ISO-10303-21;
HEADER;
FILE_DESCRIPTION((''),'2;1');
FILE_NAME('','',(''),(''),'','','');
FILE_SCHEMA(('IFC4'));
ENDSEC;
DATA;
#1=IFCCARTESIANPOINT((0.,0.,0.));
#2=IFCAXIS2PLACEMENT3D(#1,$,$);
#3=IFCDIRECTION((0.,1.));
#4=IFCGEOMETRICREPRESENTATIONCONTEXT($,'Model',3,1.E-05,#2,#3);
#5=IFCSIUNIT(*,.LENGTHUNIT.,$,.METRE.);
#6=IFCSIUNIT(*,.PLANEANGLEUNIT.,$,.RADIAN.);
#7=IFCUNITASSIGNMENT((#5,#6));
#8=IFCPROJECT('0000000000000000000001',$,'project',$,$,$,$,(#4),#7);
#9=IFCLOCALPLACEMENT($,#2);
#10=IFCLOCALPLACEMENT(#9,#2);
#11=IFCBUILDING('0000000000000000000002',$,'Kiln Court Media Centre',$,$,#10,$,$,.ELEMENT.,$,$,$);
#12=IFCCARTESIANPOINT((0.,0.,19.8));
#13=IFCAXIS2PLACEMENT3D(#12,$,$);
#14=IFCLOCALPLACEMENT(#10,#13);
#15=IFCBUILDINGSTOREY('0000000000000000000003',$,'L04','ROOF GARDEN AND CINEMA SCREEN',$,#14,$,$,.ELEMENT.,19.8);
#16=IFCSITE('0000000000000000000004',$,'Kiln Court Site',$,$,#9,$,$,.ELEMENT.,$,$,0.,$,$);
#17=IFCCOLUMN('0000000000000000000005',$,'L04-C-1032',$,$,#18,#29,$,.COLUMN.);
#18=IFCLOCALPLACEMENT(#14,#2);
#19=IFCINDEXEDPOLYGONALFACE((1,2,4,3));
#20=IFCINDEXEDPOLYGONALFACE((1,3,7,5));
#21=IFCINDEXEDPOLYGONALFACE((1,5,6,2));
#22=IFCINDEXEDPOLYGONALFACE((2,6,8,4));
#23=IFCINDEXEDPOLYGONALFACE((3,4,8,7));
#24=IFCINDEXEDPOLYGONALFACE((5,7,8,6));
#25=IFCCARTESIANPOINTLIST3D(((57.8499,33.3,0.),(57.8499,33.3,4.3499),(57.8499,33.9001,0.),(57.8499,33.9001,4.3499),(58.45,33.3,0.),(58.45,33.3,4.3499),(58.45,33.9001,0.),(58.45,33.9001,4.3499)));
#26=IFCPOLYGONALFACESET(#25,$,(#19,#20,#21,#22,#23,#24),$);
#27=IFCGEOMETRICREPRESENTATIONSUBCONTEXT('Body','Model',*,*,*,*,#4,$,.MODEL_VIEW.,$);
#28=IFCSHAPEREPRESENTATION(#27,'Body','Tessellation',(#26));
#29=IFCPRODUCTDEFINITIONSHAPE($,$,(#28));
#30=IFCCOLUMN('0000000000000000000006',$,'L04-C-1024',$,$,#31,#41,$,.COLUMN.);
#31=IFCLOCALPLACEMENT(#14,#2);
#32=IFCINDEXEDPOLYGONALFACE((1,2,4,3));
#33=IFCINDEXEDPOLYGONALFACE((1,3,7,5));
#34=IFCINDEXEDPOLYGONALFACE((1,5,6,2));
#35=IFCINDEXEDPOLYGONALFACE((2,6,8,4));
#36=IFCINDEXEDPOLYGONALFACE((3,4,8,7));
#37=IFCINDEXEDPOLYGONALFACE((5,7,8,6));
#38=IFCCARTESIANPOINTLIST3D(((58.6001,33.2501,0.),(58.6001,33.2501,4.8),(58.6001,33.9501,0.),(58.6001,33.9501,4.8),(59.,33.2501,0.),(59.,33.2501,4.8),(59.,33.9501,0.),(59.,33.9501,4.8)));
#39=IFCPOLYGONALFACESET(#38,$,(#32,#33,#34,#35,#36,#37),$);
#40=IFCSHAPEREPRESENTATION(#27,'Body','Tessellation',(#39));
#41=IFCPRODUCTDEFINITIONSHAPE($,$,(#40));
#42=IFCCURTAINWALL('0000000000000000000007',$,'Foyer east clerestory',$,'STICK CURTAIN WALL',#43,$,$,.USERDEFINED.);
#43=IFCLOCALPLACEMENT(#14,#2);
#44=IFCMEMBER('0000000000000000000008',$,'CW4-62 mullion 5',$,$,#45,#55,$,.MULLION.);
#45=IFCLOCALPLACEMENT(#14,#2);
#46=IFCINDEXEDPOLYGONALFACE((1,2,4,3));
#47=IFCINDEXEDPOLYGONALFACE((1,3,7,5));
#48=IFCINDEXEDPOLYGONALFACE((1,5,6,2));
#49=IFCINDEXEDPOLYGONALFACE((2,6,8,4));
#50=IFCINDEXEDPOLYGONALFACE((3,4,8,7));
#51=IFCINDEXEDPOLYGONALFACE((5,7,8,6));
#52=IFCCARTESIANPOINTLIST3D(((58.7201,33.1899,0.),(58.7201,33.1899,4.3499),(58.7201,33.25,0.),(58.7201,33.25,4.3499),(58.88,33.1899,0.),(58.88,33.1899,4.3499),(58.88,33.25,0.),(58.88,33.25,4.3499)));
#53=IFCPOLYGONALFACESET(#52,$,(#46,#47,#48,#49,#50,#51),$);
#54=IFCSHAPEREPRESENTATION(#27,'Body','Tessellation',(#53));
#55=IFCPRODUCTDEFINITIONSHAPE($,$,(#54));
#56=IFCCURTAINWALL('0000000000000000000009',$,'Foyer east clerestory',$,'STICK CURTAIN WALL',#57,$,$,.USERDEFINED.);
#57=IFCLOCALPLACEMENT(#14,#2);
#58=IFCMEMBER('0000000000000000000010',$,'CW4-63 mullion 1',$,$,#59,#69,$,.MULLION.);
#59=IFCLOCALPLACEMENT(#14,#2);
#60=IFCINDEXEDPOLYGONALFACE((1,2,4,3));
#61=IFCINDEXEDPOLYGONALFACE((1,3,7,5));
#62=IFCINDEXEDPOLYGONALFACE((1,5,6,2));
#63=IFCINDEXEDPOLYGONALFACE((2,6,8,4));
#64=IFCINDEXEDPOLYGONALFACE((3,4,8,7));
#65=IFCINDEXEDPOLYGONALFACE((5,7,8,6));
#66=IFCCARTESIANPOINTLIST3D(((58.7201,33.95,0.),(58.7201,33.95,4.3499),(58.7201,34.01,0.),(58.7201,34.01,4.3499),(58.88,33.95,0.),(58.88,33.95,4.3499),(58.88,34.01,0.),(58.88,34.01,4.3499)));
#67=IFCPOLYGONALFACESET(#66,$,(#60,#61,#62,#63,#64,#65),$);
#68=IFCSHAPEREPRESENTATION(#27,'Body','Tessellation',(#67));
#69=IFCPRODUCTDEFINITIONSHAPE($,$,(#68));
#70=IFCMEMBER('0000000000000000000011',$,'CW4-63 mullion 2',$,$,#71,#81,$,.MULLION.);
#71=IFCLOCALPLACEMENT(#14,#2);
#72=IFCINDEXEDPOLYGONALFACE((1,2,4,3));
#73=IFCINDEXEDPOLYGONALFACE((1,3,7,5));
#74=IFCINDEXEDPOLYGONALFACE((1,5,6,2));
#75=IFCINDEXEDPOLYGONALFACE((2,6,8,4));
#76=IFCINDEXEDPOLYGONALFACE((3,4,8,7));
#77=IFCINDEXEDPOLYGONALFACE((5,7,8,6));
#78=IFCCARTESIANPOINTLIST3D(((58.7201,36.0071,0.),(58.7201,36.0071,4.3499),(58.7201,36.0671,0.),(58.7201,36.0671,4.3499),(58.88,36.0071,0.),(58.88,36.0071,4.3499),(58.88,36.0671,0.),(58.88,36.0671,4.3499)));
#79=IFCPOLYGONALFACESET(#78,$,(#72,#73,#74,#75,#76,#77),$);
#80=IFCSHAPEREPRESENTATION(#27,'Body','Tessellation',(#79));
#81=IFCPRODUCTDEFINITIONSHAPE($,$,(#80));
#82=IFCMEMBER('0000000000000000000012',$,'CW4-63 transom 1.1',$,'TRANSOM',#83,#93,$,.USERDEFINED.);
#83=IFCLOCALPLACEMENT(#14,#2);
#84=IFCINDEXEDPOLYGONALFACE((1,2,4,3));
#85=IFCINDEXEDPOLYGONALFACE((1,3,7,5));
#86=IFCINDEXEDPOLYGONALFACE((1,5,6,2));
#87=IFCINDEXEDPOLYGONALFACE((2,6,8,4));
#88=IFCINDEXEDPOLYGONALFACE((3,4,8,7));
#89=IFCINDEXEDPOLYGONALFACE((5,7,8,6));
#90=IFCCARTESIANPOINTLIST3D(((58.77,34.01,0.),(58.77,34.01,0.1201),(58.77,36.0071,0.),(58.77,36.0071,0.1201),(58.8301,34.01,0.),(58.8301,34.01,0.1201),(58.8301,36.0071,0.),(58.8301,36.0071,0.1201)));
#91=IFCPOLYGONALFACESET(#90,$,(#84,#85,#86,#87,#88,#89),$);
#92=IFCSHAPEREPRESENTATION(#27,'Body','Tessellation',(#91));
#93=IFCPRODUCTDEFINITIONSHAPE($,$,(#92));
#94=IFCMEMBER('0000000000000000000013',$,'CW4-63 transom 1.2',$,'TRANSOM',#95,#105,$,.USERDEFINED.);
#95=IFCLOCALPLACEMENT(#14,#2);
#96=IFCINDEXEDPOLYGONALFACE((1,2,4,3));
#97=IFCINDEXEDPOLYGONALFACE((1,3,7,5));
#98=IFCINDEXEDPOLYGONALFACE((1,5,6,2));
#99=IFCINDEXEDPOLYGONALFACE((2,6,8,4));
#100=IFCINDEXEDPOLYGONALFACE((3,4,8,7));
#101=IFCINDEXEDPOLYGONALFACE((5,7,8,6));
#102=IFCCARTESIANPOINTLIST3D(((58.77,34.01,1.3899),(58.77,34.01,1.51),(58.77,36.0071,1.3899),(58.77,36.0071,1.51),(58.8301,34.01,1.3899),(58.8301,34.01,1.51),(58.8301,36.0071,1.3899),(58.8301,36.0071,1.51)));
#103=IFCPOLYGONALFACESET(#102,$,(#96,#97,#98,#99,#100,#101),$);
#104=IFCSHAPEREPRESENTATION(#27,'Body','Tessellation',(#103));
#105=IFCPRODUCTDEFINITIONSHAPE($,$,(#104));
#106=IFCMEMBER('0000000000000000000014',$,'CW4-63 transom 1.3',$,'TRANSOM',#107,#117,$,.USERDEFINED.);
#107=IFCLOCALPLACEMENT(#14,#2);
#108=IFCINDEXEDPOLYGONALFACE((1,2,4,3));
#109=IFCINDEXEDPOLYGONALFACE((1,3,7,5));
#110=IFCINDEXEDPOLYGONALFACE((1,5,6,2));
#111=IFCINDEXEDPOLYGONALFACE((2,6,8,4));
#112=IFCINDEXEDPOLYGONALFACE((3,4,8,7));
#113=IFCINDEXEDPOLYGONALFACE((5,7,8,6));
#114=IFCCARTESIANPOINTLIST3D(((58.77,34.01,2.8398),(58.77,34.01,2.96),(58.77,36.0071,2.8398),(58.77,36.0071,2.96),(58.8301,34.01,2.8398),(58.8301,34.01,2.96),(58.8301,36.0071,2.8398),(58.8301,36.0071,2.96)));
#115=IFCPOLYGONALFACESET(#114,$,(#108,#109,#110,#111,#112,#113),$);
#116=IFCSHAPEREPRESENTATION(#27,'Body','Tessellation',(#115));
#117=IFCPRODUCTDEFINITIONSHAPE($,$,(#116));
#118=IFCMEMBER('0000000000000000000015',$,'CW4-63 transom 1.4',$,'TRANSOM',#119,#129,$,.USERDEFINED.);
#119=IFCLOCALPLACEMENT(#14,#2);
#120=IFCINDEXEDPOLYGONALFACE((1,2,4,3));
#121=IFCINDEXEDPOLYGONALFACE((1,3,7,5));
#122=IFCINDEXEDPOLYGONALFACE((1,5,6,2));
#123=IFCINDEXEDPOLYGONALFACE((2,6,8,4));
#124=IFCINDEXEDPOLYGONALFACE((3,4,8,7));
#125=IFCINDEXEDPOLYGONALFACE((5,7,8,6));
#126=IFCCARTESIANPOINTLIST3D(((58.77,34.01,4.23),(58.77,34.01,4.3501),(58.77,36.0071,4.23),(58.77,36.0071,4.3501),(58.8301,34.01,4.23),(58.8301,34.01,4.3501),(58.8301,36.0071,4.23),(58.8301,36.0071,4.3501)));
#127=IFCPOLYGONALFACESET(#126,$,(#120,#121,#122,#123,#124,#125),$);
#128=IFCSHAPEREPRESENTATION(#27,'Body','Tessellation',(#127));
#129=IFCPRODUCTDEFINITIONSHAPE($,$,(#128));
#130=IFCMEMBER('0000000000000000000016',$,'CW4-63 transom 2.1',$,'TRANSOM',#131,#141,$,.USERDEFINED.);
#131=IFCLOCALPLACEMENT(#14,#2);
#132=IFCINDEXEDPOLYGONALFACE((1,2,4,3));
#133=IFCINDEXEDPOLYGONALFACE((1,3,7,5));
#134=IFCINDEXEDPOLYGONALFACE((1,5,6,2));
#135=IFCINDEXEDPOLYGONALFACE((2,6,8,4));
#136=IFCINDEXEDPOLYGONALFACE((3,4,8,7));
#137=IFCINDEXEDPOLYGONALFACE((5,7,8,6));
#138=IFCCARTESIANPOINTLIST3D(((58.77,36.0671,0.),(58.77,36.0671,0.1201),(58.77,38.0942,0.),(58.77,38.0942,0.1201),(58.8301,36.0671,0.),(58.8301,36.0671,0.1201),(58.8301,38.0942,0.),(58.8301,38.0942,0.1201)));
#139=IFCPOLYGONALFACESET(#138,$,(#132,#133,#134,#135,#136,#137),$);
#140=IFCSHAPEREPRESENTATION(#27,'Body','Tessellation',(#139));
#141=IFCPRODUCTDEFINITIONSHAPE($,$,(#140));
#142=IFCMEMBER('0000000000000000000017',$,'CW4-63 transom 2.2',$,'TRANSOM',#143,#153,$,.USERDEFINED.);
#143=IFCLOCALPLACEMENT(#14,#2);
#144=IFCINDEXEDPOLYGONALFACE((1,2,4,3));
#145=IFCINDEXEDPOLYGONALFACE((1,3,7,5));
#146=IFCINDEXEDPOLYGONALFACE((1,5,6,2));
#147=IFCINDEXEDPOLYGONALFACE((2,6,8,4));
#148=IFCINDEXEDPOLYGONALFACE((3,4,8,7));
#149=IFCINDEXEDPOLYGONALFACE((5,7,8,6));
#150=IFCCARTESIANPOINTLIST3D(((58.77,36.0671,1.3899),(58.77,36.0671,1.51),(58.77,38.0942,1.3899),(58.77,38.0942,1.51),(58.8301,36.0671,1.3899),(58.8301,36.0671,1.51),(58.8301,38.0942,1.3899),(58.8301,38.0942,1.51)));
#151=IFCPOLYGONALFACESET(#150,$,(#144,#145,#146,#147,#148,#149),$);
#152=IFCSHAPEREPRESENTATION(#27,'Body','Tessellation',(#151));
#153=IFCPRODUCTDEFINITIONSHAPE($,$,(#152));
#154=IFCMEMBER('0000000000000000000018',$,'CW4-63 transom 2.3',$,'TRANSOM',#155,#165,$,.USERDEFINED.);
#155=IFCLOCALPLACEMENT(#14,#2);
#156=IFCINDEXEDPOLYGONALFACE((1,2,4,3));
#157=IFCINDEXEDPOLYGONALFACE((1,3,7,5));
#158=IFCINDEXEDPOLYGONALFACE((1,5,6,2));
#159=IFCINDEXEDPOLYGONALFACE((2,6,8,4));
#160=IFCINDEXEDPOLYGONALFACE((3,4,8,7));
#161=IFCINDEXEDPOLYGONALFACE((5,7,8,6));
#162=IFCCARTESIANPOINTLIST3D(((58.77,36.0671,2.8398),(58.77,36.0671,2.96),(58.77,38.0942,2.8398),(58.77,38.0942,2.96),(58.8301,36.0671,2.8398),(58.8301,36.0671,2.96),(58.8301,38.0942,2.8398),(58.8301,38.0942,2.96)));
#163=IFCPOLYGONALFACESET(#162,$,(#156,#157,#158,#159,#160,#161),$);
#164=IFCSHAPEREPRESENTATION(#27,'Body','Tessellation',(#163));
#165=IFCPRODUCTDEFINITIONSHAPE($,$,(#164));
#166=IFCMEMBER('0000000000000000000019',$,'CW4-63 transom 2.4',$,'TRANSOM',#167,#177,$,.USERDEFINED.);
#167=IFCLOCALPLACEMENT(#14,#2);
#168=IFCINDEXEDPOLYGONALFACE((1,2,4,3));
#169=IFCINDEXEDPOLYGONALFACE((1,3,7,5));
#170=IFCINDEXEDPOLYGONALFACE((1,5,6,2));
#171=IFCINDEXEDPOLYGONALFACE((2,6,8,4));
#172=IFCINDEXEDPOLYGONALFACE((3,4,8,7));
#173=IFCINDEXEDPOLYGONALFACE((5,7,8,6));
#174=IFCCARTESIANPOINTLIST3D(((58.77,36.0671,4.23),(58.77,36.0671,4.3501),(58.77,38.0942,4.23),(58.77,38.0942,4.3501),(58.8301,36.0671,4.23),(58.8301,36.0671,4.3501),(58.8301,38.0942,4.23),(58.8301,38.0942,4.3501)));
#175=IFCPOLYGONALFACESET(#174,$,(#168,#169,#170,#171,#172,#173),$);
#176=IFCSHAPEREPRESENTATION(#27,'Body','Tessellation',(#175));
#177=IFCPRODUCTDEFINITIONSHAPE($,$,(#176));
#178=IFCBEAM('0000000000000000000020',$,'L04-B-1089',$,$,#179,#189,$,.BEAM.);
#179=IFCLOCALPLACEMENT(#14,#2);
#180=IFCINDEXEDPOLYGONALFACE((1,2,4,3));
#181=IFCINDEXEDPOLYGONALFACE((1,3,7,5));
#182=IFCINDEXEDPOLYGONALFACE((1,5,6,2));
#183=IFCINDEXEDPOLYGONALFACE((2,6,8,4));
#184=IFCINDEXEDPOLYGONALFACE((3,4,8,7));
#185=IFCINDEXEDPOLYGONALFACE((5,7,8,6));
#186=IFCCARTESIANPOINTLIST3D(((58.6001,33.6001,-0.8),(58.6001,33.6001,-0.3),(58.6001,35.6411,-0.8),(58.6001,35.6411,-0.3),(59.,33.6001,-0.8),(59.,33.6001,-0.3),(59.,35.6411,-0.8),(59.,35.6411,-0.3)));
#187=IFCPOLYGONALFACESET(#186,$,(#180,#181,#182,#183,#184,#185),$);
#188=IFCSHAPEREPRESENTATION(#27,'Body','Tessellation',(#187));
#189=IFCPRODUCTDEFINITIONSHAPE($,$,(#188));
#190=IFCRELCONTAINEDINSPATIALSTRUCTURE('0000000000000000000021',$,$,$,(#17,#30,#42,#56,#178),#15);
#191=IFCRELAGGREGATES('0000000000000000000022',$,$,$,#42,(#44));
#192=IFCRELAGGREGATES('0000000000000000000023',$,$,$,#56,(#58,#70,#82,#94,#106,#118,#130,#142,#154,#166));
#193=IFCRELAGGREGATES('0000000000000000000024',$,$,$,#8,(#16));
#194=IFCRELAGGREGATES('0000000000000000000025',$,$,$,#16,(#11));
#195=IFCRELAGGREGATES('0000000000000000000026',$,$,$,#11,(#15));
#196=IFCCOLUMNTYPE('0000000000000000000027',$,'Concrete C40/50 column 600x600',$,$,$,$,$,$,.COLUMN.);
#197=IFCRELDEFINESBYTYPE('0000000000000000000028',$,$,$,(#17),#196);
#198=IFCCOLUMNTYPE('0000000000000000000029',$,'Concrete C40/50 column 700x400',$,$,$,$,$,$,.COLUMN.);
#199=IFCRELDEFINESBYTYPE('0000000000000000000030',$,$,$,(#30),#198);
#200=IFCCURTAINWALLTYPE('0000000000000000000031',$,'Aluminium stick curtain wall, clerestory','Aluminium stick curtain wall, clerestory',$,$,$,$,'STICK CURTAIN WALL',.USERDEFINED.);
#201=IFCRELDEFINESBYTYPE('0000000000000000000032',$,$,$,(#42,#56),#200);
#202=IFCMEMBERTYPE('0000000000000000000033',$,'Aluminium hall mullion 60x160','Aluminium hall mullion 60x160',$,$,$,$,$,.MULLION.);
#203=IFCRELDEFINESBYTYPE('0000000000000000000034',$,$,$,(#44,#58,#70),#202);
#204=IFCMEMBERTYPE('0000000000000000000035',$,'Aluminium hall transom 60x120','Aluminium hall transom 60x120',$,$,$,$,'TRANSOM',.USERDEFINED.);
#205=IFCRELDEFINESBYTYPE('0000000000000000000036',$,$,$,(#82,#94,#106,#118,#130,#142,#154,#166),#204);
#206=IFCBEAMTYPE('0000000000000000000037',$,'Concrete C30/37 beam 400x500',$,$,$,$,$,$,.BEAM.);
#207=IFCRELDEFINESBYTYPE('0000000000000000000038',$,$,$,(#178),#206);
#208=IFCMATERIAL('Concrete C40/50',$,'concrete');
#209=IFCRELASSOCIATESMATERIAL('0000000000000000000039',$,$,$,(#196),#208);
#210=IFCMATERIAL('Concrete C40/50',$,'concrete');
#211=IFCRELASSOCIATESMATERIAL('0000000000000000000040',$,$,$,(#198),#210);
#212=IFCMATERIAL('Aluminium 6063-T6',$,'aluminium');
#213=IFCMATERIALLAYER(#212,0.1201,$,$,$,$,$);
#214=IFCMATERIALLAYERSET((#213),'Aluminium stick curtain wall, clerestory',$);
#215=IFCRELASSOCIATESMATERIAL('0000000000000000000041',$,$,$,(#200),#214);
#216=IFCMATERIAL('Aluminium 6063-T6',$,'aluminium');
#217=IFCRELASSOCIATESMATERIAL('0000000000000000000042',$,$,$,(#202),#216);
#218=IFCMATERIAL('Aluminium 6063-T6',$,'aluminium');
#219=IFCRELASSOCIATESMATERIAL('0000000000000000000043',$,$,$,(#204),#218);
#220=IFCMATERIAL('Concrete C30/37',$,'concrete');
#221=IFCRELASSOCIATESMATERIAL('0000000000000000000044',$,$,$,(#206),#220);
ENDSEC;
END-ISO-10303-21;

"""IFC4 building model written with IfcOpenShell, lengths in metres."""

from ifc_helpers import new_model, si_unit, direction, frame, origin, origin_2d, place, context, subcontext, project, spatial, rectangle, extrude, material, layer, layer_set, material_profile, profile_set, type_object, element, aggregate, save


model = new_model("IFC4")

# Units and contexts
model_context = context("Model", 3, precision=1e-05, world=origin(), true_north=direction((0.0, 1.0)))
body_context = subcontext(model_context, "Body", "Model", "MODEL_VIEW")
ifc_project = project(units=[si_unit("LENGTHUNIT", "METRE"), si_unit("PLANEANGLEUNIT", "RADIAN")], contexts=[model_context])

# Site, building, storey
site_placement = place(None, origin())
site = spatial("IfcSite", under=ifc_project, at=site_placement, Name="Kiln Court Site", CompositionType="ELEMENT", RefElevation=0.0)
building_placement = place(site_placement, origin())
building = spatial("IfcBuilding", under=site, at=building_placement, Name="Kiln Court Media Centre", CompositionType="ELEMENT")
storey_placement = place(building_placement, frame((0.0, 0.0, 19.8)))
storey = spatial("IfcBuildingStorey", under=building, at=storey_placement, Name="L04", Description="ROOF GARDEN AND CINEMA SCREEN", CompositionType="ELEMENT", Elevation=19.8)

# Columns
ifc_material_1 = material(Name="Concrete C40/50", Category="concrete")
ifc_material_profile_1 = material_profile(ifc_material_1, rectangle(XDim=0.6001, YDim=0.6001, at=origin_2d()), Name="RC 600x600")
ifc_profile_set_1 = profile_set([ifc_material_profile_1], Name="Concrete C40/50")
column_type_1 = type_object("IfcColumnType", Name="Concrete C40/50 column 600x600", PredefinedType="COLUMN", material=ifc_profile_set_1)
column_1_placement = place(storey_placement, frame((58.1499, 33.6001, 0.0), z_axis=(0.0, 0.0, 1.0), x_axis=(1.0, 0.0, 0.0)))
element("IfcColumn", 1, at=column_1_placement, inside=storey, type_object=column_type_1, Name="L04-C-1032", PredefinedType="COLUMN", context=body_context, shape_type="SweptSolid", body=[
    extrude(rectangle(XDim=0.6001, YDim=0.6001, at=origin_2d()), origin(), (0.0, 0.0, 1.0), 4.3499),
])
ifc_material_2 = material(Name="Concrete C40/50", Category="concrete")
ifc_material_profile_2 = material_profile(ifc_material_2, rectangle(XDim=0.7, YDim=0.3999, at=origin_2d()), Name="RC 700x400")
ifc_profile_set_2 = profile_set([ifc_material_profile_2], Name="Concrete C40/50")
column_type_2 = type_object("IfcColumnType", Name="Concrete C40/50 column 700x400", PredefinedType="COLUMN", material=ifc_profile_set_2)
column_2_placement = place(storey_placement, frame((58.8, 33.6001, 0.0), z_axis=(0.0, 0.0, 1.0), x_axis=(0.0, 1.0, 0.0)))
element("IfcColumn", 2, at=column_2_placement, inside=storey, type_object=column_type_2, Name="L04-C-1024", PredefinedType="COLUMN", context=body_context, shape_type="SweptSolid", body=[
    extrude(rectangle(XDim=0.7, YDim=0.3999, at=origin_2d()), origin(), (0.0, 0.0, 1.0), 4.8),
])

# Curtain wall, member
ifc_material_3 = material(Name="Aluminium 6063-T6", Category="aluminium")
ifc_layer_1 = layer(ifc_material_3, 0.1201)
ifc_layer_set_1 = layer_set([ifc_layer_1], Name="Aluminium stick curtain wall, clerestory")
curtain_wall_type = type_object("IfcCurtainWallType", Name="Aluminium stick curtain wall, clerestory", Description="Aluminium stick curtain wall, clerestory", ElementType="STICK CURTAIN WALL", PredefinedType="USERDEFINED", material=ifc_layer_set_1)
curtain_wall_1_placement = place(storey_placement, origin())
curtain_wall_1 = element("IfcCurtainWall", 3, at=curtain_wall_1_placement, inside=storey, type_object=curtain_wall_type, Name="Foyer east clerestory", ObjectType="STICK CURTAIN WALL", PredefinedType="USERDEFINED")
ifc_material_4 = material(Name="Aluminium 6063-T6", Category="aluminium")
ifc_material_profile_3 = material_profile(ifc_material_4, rectangle(XDim=0.0601, YDim=0.1599, at=origin_2d()), Name="Aluminium hall mullion 60x160")
ifc_profile_set_3 = profile_set([ifc_material_profile_3], Name="Aluminium 6063-T6")
member_type_1 = type_object("IfcMemberType", Name="Aluminium hall mullion 60x160", Description="Aluminium hall mullion 60x160", PredefinedType="MULLION", material=ifc_profile_set_3)
member_1_placement = place(storey_placement, frame((58.8, 33.22, 0.0), z_axis=(0.0, 0.0, 1.0), x_axis=(0.0, 1.0, 0.0)))
member_1 = element("IfcMember", 4, at=member_1_placement, type_object=member_type_1, Name="CW4-62 mullion 5", PredefinedType="MULLION", context=body_context, shape_type="SweptSolid", body=[
    extrude(rectangle(XDim=0.0601, YDim=0.1599, at=origin_2d()), origin(), (0.0, 0.0, 1.0), 4.3499),
])

# Curtain wall, members
curtain_wall_2_placement = place(storey_placement, origin())
curtain_wall_2 = element("IfcCurtainWall", 5, at=curtain_wall_2_placement, inside=storey, type_object=curtain_wall_type, Name="Foyer east clerestory", ObjectType="STICK CURTAIN WALL", PredefinedType="USERDEFINED")
member_2_placement = place(storey_placement, frame((58.8, 33.98, 0.0), z_axis=(0.0, 0.0, 1.0), x_axis=(0.0, 1.0, 0.0)))
member_2 = element("IfcMember", 6, at=member_2_placement, type_object=member_type_1, Name="CW4-63 mullion 1", PredefinedType="MULLION", context=body_context, shape_type="SweptSolid", body=[
    extrude(rectangle(XDim=0.0601, YDim=0.1599, at=origin_2d()), origin(), (0.0, 0.0, 1.0), 4.3499),
])
member_3_placement = place(storey_placement, frame((58.8, 36.0371, 0.0), z_axis=(0.0, 0.0, 1.0), x_axis=(0.0, 1.0, 0.0)))
member_3 = element("IfcMember", 7, at=member_3_placement, type_object=member_type_1, Name="CW4-63 mullion 2", PredefinedType="MULLION", context=body_context, shape_type="SweptSolid", body=[
    extrude(rectangle(XDim=0.0601, YDim=0.1599, at=origin_2d()), origin(), (0.0, 0.0, 1.0), 4.3499),
])
ifc_material_5 = material(Name="Aluminium 6063-T6", Category="aluminium")
ifc_material_profile_4 = material_profile(ifc_material_5, rectangle(XDim=0.0601, YDim=0.1201, at=origin_2d()), Name="Aluminium hall transom 60x120")
ifc_profile_set_4 = profile_set([ifc_material_profile_4], Name="Aluminium 6063-T6")
member_type_2 = type_object("IfcMemberType", Name="Aluminium hall transom 60x120", Description="Aluminium hall transom 60x120", ElementType="TRANSOM", PredefinedType="USERDEFINED", material=ifc_profile_set_4)
member_4_placement = place(storey_placement, frame((58.8, 34.01, 0.0601), z_axis=(0.0, 1.0, 0.0), x_axis=(-1.0, 0.0, 0.0)))
member_4 = element("IfcMember", 8, at=member_4_placement, type_object=member_type_2, Name="CW4-63 transom 1.1", ObjectType="TRANSOM", PredefinedType="USERDEFINED", context=body_context, shape_type="SweptSolid", body=[
    extrude(rectangle(XDim=0.0601, YDim=0.1201, at=origin_2d()), origin(), (0.0, 0.0, 1.0), 1.9971),
])
member_5_placement = place(storey_placement, frame((58.8, 34.01, 1.45), z_axis=(0.0, 1.0, 0.0), x_axis=(-1.0, 0.0, 0.0)))
member_5 = element("IfcMember", 9, at=member_5_placement, type_object=member_type_2, Name="CW4-63 transom 1.2", ObjectType="TRANSOM", PredefinedType="USERDEFINED", context=body_context, shape_type="SweptSolid", body=[
    extrude(rectangle(XDim=0.0601, YDim=0.1201, at=origin_2d()), origin(), (0.0, 0.0, 1.0), 1.9971),
])
member_6_placement = place(storey_placement, frame((58.8, 34.01, 2.8999), z_axis=(0.0, 1.0, 0.0), x_axis=(-1.0, 0.0, 0.0)))
member_6 = element("IfcMember", 10, at=member_6_placement, type_object=member_type_2, Name="CW4-63 transom 1.3", ObjectType="TRANSOM", PredefinedType="USERDEFINED", context=body_context, shape_type="SweptSolid", body=[
    extrude(rectangle(XDim=0.0601, YDim=0.1201, at=origin_2d()), origin(), (0.0, 0.0, 1.0), 1.9971),
])
member_7_placement = place(storey_placement, frame((58.8, 34.01, 4.29), z_axis=(0.0, 1.0, 0.0), x_axis=(-1.0, 0.0, 0.0)))
member_7 = element("IfcMember", 11, at=member_7_placement, type_object=member_type_2, Name="CW4-63 transom 1.4", ObjectType="TRANSOM", PredefinedType="USERDEFINED", context=body_context, shape_type="SweptSolid", body=[
    extrude(rectangle(XDim=0.0601, YDim=0.1201, at=origin_2d()), origin(), (0.0, 0.0, 1.0), 1.9971),
])
member_8_placement = place(storey_placement, frame((58.8, 36.0671, 0.0601), z_axis=(0.0, 1.0, 0.0), x_axis=(-1.0, 0.0, 0.0)))
member_8 = element("IfcMember", 12, at=member_8_placement, type_object=member_type_2, Name="CW4-63 transom 2.1", ObjectType="TRANSOM", PredefinedType="USERDEFINED", context=body_context, shape_type="SweptSolid", body=[
    extrude(rectangle(XDim=0.0601, YDim=0.1201, at=origin_2d()), origin(), (0.0, 0.0, 1.0), 2.0271),
])
member_9_placement = place(storey_placement, frame((58.8, 36.0671, 1.45), z_axis=(0.0, 1.0, 0.0), x_axis=(-1.0, 0.0, 0.0)))
member_9 = element("IfcMember", 13, at=member_9_placement, type_object=member_type_2, Name="CW4-63 transom 2.2", ObjectType="TRANSOM", PredefinedType="USERDEFINED", context=body_context, shape_type="SweptSolid", body=[
    extrude(rectangle(XDim=0.0601, YDim=0.1201, at=origin_2d()), origin(), (0.0, 0.0, 1.0), 2.0271),
])
member_10_placement = place(storey_placement, frame((58.8, 36.0671, 2.8999), z_axis=(0.0, 1.0, 0.0), x_axis=(-1.0, 0.0, 0.0)))
member_10 = element("IfcMember", 14, at=member_10_placement, type_object=member_type_2, Name="CW4-63 transom 2.3", ObjectType="TRANSOM", PredefinedType="USERDEFINED", context=body_context, shape_type="SweptSolid", body=[
    extrude(rectangle(XDim=0.0601, YDim=0.1201, at=origin_2d()), origin(), (0.0, 0.0, 1.0), 2.0271),
])
member_11_placement = place(storey_placement, frame((58.8, 36.0671, 4.29), z_axis=(0.0, 1.0, 0.0), x_axis=(-1.0, 0.0, 0.0)))
member_11 = element("IfcMember", 15, at=member_11_placement, type_object=member_type_2, Name="CW4-63 transom 2.4", ObjectType="TRANSOM", PredefinedType="USERDEFINED", context=body_context, shape_type="SweptSolid", body=[
    extrude(rectangle(XDim=0.0601, YDim=0.1201, at=origin_2d()), origin(), (0.0, 0.0, 1.0), 2.0271),
])

# Beam
ifc_material_6 = material(Name="Concrete C30/37", Category="concrete")
ifc_material_profile_5 = material_profile(ifc_material_6, rectangle(XDim=0.3999, YDim=0.5, at=origin_2d()), Name="RC 400x500")
ifc_profile_set_5 = profile_set([ifc_material_profile_5], Name="Concrete C30/37")
beam_type_1 = type_object("IfcBeamType", Name="Concrete C30/37 beam 400x500", PredefinedType="BEAM", material=ifc_profile_set_5)
beam_1_placement = place(storey_placement, frame((58.8, 33.6001, -0.55), z_axis=(0.0, 1.0, 0.0), x_axis=(-1.0, 0.0, 0.0)))
element("IfcBeam", 16, at=beam_1_placement, inside=storey, type_object=beam_type_1, Name="L04-B-1089", PredefinedType="BEAM", context=body_context, shape_type="SweptSolid", body=[
    extrude(rectangle(XDim=0.3999, YDim=0.5, at=origin_2d()), origin(), (0.0, 0.0, 1.0), 2.041),
])

aggregate(curtain_wall_1, [member_1])
aggregate(curtain_wall_2, [member_2, member_3, member_4, member_5, member_6, member_7, member_8, member_9, member_10, member_11])

save(model, "model.ifc")
